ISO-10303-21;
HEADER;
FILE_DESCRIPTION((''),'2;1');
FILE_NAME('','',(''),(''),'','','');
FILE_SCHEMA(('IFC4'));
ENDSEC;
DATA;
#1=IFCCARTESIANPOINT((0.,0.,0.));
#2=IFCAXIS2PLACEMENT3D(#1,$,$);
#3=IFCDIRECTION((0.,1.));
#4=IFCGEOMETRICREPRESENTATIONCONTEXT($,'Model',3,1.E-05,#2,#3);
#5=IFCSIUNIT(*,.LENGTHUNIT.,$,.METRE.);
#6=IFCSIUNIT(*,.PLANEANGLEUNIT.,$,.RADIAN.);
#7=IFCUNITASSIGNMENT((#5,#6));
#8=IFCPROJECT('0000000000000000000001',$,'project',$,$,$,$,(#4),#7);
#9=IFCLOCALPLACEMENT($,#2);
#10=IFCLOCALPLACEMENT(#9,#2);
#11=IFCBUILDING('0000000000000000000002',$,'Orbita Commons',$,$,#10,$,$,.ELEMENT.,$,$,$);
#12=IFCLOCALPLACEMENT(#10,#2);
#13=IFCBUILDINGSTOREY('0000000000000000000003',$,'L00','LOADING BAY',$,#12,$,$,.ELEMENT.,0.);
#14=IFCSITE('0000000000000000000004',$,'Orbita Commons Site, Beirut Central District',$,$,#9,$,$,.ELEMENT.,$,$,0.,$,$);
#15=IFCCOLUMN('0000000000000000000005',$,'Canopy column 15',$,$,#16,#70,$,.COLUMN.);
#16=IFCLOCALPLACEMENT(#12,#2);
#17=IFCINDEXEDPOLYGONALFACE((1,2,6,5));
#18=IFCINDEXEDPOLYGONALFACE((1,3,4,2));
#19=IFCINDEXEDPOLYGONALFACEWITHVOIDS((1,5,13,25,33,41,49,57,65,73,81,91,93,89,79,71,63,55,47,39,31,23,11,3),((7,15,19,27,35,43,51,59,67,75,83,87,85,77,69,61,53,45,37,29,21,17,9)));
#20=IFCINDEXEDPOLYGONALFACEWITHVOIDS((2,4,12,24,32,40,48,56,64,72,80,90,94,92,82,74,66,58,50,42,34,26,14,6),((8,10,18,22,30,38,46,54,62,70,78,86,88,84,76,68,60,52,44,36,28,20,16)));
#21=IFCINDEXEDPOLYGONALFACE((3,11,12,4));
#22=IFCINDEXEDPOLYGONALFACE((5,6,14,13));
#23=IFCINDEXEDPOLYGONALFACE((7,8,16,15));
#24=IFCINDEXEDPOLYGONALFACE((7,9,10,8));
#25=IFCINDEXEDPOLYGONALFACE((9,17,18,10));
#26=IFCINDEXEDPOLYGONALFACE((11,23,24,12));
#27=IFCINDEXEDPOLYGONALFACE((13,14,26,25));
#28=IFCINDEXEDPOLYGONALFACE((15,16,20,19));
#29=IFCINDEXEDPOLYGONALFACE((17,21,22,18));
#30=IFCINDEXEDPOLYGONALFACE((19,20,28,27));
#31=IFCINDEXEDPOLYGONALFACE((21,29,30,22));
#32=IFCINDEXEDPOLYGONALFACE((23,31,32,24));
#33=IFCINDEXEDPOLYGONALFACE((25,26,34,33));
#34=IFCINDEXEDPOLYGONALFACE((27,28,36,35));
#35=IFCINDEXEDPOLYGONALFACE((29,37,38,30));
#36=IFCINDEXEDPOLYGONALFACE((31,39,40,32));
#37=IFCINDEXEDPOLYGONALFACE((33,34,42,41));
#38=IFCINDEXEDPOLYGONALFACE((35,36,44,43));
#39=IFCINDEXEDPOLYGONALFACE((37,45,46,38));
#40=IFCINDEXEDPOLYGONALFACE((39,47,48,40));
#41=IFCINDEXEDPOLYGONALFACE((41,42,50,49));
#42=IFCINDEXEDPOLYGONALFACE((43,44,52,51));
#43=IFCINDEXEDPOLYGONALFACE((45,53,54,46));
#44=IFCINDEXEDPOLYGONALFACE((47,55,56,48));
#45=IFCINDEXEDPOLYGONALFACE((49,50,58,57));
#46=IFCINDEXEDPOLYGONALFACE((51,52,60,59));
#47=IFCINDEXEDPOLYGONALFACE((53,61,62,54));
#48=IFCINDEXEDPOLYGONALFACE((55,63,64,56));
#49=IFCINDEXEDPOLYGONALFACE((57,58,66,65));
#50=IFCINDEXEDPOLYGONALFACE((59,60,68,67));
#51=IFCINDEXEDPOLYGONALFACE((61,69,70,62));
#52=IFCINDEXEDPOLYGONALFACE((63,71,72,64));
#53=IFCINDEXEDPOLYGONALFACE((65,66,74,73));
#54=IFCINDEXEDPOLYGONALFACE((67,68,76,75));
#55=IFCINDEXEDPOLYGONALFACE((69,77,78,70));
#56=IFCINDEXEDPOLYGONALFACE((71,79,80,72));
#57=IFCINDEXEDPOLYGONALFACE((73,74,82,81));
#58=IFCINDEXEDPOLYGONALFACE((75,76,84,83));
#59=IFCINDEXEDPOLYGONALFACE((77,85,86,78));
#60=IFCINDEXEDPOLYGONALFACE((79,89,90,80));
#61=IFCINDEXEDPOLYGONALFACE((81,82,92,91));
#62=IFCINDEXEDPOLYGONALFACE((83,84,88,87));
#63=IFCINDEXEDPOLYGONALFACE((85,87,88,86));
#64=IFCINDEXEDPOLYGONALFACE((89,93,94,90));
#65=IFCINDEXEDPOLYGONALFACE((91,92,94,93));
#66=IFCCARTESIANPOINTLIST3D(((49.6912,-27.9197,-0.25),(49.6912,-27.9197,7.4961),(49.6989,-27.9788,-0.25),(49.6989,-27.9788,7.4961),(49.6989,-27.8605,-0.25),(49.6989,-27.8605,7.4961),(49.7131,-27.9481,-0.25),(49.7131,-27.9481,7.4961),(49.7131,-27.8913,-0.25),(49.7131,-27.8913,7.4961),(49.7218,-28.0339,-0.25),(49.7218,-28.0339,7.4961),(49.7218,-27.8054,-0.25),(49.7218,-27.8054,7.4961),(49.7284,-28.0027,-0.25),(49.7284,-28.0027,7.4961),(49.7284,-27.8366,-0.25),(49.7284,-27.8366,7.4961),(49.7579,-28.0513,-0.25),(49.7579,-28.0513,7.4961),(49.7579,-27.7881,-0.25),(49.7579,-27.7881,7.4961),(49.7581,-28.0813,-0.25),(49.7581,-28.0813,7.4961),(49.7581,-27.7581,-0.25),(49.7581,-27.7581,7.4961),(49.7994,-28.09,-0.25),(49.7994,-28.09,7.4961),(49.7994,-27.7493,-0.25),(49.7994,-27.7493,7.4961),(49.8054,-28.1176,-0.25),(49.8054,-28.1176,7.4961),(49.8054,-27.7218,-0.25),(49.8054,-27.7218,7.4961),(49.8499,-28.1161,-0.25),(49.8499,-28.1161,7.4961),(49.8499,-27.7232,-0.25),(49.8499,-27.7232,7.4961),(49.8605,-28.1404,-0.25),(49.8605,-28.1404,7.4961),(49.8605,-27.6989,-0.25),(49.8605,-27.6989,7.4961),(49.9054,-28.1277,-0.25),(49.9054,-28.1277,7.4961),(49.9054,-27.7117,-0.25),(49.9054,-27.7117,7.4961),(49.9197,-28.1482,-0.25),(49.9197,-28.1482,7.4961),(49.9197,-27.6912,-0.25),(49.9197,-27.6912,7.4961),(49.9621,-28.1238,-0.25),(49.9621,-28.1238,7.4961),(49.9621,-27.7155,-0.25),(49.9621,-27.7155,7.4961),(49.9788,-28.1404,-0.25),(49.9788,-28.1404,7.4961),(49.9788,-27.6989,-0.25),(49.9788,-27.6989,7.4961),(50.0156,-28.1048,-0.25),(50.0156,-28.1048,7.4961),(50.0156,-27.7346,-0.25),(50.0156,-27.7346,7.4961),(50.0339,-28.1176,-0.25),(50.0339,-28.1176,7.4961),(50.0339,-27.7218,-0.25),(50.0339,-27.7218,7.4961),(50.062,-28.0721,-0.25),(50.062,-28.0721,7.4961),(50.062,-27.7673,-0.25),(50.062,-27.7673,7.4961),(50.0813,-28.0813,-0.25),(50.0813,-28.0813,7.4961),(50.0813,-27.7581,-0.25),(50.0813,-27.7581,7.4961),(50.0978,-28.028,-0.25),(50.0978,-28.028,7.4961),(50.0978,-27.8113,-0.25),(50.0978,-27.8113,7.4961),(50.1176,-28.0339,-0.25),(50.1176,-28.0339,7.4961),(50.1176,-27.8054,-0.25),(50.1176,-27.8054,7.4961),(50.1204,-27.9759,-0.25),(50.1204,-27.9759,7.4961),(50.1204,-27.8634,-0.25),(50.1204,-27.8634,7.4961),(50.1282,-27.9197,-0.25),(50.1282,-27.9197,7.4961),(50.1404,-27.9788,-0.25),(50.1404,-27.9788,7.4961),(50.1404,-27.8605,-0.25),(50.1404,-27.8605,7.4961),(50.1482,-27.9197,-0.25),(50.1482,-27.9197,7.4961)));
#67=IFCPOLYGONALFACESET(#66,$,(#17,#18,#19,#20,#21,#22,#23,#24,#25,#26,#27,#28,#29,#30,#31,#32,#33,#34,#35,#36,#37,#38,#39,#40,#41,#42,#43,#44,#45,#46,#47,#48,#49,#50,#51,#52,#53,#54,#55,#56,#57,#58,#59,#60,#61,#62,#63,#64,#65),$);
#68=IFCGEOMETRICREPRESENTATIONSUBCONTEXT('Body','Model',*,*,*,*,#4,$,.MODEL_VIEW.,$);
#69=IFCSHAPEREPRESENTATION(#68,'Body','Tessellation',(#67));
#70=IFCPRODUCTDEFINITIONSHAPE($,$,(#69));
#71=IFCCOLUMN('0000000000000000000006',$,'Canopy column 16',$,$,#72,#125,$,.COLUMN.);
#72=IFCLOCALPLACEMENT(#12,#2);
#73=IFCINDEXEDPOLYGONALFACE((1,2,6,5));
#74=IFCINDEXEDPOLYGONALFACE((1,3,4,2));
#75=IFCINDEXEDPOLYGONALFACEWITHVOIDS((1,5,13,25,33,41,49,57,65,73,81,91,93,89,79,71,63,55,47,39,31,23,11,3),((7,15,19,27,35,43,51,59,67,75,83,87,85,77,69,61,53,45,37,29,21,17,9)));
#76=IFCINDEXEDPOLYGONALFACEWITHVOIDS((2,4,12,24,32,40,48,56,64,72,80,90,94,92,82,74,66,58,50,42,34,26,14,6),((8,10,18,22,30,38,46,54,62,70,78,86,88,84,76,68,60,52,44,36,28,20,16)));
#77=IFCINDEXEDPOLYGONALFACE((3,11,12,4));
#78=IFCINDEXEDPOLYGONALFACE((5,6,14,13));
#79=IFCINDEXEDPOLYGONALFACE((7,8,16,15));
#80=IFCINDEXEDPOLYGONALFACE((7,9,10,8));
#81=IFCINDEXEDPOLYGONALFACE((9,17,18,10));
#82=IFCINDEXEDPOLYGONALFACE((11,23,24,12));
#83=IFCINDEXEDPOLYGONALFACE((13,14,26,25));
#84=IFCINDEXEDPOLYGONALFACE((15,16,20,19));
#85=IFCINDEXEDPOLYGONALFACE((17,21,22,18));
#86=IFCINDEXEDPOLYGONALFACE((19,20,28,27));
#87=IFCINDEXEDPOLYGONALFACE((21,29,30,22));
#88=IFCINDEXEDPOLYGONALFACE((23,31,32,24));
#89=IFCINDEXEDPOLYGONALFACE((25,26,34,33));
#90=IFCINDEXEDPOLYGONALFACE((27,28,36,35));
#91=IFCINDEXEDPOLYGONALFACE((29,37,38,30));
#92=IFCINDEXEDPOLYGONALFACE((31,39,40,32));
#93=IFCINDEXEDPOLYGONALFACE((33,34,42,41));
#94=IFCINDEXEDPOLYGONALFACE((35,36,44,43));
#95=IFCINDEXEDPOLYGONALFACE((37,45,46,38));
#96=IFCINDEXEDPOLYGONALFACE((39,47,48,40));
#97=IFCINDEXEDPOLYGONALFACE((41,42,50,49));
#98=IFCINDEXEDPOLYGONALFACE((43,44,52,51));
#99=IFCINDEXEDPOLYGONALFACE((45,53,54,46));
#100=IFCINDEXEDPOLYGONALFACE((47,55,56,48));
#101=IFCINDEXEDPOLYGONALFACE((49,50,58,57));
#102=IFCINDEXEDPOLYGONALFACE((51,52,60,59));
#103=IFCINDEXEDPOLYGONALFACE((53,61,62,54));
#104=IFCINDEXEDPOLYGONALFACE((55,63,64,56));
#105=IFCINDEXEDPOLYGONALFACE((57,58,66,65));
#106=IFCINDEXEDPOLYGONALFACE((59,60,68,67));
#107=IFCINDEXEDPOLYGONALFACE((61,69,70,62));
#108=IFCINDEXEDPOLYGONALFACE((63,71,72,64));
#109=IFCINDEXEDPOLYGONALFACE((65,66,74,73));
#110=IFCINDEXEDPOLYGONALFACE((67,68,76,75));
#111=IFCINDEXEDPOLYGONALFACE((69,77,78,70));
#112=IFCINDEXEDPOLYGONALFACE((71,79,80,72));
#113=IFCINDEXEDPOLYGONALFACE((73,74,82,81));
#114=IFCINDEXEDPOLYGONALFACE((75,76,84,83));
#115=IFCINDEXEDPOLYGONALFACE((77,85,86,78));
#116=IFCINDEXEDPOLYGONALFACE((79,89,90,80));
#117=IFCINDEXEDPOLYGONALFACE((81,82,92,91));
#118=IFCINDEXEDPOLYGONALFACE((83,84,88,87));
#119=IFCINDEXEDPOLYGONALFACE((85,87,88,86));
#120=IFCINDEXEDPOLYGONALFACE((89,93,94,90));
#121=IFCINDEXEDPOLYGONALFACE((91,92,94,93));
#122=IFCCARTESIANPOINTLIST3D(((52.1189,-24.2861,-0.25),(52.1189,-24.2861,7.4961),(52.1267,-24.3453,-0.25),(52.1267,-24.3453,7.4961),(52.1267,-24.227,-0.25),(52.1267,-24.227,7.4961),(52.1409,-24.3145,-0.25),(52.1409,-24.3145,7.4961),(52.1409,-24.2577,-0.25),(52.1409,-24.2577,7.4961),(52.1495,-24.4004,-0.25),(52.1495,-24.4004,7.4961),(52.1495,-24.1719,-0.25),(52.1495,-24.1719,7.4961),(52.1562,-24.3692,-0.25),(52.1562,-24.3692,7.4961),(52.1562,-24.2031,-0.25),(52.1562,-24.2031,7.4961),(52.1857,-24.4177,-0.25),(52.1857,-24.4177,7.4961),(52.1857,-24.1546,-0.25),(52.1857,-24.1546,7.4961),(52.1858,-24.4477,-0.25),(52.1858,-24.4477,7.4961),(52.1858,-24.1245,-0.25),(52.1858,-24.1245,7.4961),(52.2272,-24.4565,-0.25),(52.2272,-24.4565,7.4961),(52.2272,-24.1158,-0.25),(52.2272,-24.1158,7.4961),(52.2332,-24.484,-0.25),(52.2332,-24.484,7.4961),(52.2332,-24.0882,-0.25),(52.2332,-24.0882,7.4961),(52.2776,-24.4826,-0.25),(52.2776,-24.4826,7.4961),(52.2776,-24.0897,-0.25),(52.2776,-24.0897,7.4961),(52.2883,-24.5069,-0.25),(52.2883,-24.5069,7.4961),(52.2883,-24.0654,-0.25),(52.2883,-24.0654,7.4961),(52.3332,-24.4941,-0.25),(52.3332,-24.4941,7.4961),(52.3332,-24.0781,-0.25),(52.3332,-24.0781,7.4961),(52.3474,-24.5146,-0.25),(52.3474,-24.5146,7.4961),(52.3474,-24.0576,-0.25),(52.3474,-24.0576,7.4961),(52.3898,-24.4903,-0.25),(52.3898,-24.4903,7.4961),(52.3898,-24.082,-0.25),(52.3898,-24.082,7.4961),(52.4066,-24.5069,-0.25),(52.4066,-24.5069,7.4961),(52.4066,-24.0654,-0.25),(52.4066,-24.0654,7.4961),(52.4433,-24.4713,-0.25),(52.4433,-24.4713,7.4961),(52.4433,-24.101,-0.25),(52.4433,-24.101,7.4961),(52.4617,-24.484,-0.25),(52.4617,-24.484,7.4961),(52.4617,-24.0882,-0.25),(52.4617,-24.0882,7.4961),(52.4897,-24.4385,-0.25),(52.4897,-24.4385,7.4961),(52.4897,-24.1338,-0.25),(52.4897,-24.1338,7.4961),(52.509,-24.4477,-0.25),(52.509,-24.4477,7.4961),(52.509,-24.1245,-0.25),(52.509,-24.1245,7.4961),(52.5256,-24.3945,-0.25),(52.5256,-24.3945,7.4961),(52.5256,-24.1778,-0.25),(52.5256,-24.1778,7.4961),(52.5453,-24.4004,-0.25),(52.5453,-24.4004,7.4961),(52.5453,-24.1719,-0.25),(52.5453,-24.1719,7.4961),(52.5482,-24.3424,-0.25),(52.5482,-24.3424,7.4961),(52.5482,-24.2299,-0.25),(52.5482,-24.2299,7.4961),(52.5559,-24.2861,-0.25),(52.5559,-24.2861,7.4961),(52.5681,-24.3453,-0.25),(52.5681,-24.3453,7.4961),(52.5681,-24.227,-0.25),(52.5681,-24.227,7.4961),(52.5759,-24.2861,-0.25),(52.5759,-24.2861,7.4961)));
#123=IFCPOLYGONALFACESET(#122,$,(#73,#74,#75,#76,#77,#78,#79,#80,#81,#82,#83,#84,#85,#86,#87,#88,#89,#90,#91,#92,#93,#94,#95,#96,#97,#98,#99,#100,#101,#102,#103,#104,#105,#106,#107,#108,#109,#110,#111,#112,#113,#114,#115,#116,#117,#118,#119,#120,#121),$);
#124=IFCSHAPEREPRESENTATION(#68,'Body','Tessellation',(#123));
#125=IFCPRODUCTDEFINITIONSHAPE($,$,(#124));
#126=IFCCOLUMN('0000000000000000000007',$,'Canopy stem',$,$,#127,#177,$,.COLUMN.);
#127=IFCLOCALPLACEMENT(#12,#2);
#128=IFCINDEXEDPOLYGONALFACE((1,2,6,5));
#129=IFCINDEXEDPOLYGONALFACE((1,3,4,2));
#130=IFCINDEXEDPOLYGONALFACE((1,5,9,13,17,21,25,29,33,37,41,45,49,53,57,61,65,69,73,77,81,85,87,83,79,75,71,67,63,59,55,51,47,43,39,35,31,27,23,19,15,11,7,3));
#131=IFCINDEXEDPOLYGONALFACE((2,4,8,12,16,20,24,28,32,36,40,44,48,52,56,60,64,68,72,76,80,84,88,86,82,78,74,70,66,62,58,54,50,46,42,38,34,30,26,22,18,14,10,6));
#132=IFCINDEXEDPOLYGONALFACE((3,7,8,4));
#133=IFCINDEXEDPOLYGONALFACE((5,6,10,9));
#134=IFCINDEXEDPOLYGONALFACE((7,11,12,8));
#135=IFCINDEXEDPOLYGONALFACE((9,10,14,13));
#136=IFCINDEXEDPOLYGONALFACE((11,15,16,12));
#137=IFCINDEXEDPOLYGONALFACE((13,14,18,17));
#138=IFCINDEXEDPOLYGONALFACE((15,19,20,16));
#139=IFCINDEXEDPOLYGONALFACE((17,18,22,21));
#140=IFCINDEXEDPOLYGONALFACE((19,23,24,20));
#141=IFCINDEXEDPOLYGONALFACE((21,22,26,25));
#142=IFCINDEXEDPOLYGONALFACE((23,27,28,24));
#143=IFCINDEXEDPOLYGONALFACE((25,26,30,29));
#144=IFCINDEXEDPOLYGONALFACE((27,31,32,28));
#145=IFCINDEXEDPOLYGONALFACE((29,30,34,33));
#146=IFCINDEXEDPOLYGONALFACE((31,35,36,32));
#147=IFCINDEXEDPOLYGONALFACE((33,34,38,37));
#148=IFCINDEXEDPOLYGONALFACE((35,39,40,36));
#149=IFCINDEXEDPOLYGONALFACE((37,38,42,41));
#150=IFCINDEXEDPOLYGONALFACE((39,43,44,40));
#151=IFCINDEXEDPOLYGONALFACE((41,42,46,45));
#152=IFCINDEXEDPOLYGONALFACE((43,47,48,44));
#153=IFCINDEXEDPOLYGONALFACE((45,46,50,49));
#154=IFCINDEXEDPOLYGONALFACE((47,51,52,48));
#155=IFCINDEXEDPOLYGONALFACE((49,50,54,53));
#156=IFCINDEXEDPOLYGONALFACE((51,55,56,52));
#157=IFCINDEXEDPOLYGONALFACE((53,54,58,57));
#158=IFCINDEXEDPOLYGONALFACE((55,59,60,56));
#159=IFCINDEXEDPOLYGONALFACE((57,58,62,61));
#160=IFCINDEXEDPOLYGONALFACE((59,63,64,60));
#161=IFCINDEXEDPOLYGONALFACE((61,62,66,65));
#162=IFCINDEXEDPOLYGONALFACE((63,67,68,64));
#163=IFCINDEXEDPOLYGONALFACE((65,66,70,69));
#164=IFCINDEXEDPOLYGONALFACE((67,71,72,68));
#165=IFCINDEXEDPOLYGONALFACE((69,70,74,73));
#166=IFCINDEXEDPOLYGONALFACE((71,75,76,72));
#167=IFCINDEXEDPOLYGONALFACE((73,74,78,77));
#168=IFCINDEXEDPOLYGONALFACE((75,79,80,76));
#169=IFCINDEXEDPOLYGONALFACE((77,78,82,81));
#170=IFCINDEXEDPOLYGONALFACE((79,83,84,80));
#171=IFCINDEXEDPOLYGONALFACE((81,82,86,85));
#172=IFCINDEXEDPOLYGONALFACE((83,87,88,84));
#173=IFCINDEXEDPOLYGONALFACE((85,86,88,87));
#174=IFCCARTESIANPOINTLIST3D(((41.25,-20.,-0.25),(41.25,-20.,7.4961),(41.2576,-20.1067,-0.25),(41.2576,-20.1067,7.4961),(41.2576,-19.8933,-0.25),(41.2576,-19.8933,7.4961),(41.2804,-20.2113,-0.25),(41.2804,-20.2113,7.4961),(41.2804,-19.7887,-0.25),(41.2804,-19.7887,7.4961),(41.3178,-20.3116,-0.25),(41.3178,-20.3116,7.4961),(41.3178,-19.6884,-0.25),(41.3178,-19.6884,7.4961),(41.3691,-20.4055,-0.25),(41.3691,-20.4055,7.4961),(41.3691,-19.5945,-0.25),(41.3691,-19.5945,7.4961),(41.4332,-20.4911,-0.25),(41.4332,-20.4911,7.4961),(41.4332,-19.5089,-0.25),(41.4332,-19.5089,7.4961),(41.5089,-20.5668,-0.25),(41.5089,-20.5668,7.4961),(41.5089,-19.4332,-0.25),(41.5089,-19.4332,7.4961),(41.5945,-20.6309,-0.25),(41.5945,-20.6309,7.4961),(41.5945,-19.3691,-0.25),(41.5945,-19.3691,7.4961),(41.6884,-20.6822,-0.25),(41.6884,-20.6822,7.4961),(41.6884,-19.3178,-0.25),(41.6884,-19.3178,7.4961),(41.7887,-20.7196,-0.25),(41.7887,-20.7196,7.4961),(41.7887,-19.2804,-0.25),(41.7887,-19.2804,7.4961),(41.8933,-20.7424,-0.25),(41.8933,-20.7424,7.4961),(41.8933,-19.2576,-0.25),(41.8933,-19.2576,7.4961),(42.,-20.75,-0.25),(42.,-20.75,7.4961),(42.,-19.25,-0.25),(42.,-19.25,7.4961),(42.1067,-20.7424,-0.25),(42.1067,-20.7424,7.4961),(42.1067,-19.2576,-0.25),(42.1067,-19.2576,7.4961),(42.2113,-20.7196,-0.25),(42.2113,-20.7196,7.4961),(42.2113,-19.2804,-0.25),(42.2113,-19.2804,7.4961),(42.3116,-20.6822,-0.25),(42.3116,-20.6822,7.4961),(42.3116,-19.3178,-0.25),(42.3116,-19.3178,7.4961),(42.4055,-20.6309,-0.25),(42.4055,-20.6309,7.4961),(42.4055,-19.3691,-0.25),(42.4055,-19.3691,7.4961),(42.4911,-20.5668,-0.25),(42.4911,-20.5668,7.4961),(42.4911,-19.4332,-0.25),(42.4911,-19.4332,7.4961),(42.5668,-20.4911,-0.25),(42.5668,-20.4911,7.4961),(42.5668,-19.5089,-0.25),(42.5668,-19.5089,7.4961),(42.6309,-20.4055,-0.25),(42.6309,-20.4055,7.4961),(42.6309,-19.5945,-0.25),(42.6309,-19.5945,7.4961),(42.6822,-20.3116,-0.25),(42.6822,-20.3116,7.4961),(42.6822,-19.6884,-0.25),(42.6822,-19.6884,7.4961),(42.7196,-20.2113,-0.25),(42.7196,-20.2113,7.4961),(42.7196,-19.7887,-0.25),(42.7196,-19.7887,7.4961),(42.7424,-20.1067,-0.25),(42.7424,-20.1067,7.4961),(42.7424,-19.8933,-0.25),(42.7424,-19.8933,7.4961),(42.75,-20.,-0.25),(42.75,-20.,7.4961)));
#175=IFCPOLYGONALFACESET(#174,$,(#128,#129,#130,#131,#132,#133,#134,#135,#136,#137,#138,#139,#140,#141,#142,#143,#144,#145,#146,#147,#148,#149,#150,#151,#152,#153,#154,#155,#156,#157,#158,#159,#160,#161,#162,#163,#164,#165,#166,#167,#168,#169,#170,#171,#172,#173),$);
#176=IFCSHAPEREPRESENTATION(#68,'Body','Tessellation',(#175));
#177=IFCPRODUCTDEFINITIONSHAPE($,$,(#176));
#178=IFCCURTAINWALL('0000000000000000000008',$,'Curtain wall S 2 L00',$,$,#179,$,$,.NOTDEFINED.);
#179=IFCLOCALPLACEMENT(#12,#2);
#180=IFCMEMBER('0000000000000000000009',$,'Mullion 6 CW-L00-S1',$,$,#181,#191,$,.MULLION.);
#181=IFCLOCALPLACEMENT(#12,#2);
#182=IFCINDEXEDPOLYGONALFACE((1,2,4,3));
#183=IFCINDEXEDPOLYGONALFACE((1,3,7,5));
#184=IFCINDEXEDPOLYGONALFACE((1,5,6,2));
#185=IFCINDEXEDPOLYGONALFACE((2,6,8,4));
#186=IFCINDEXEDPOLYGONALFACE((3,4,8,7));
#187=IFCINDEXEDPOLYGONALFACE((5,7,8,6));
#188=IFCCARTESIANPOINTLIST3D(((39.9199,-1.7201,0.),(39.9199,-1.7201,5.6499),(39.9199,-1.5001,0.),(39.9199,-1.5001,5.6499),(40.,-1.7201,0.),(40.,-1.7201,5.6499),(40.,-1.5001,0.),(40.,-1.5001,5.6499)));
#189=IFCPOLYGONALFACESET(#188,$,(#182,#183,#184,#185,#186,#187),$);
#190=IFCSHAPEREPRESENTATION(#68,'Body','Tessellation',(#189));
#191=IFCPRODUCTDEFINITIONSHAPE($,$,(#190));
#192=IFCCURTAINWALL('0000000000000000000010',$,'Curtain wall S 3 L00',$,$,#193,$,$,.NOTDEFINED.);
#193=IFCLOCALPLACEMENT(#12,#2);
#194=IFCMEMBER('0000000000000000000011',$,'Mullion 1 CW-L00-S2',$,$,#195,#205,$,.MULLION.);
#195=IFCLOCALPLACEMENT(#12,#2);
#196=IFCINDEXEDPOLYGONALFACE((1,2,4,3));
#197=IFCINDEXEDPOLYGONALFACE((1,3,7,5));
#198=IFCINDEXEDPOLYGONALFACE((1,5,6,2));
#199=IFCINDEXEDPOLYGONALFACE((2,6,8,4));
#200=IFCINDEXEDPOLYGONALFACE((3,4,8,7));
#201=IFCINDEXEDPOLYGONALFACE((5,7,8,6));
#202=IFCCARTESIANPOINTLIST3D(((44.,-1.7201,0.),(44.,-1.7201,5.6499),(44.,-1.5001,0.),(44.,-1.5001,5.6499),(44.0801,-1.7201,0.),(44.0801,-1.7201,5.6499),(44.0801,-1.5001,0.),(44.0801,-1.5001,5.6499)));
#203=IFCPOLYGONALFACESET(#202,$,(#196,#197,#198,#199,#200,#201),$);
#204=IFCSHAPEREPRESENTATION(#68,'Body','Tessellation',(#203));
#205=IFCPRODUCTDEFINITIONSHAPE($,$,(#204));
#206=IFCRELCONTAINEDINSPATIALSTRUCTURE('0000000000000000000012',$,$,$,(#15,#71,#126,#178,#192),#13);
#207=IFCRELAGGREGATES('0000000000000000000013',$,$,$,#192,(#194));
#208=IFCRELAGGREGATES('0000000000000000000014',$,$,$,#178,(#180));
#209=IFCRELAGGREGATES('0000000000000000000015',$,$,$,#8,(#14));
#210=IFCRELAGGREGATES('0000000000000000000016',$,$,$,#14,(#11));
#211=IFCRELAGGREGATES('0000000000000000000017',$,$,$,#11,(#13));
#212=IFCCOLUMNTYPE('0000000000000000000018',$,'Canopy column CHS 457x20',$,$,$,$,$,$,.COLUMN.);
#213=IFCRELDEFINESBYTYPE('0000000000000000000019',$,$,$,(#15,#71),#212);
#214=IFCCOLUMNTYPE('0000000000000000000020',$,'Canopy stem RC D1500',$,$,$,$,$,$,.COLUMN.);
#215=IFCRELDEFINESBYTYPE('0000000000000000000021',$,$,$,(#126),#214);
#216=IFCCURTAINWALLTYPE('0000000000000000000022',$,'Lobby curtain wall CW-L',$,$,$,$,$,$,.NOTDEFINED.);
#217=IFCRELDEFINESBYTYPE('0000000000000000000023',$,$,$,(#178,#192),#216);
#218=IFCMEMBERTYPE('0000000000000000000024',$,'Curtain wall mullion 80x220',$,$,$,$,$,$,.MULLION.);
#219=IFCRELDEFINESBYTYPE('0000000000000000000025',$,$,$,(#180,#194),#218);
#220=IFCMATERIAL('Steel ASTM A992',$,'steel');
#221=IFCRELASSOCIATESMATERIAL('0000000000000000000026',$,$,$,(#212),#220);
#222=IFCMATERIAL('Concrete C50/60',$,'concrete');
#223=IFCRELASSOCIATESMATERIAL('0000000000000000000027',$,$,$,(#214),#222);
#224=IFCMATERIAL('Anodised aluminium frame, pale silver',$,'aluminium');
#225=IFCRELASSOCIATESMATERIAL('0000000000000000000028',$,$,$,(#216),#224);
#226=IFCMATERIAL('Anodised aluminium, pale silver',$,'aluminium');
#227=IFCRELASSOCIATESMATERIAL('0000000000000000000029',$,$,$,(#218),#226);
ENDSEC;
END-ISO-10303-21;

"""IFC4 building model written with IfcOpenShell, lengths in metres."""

from ifc_helpers import new_model, si_unit, direction, frame, origin, origin_2d, place, context, subcontext, project, spatial, rectangle, circle, hollow_circle, extrude, material, material_profile, profile_set, type_object, element, aggregate, save


model = new_model("IFC4")

# Units and contexts
model_context = context("Model", 3, precision=1e-05, world=origin(), true_north=direction((0.0, 1.0)))
body_context = subcontext(model_context, "Body", "Model", "MODEL_VIEW")
ifc_project = project(units=[si_unit("LENGTHUNIT", "METRE"), si_unit("PLANEANGLEUNIT", "RADIAN")], contexts=[model_context])

# Site, building, storey
site_placement = place(None, origin())
site = spatial("IfcSite", under=ifc_project, at=site_placement, Name="Orbita Commons Site, Beirut Central District", CompositionType="ELEMENT", RefElevation=0.0)
building_placement = place(site_placement, origin())
building = spatial("IfcBuilding", under=site, at=building_placement, Name="Orbita Commons", CompositionType="ELEMENT")
storey_placement = place(building_placement, origin())
storey = spatial("IfcBuildingStorey", under=building, at=storey_placement, Name="L00", Description="LOADING BAY", CompositionType="ELEMENT", Elevation=0.0)

# Columns
ifc_material_1 = material(Name="Steel ASTM A992", Category="steel")
ifc_material_profile_1 = material_profile(ifc_material_1, hollow_circle(Radius=0.2285, WallThickness=0.02, at=origin_2d()), Name="CHS 457x20")
ifc_profile_set_1 = profile_set([ifc_material_profile_1], Name="Steel ASTM A992")
column_type_1 = type_object("IfcColumnType", Name="Canopy column CHS 457x20", PredefinedType="COLUMN", material=ifc_profile_set_1)
for number, where, z_axis, x_axis, name in (
    (1, (49.9197, -27.9197, -0.25), (0.0, 0.0, 1.0), (1.0, 0.0, 0.0), "Canopy column 15"),
    (2, (52.3474, -24.2861, -0.25), (0.0, 0.0, 1.0), (1.0, 0.0, 0.0), "Canopy column 16"),
):
    element("IfcColumn", number, at=place(storey_placement, frame(where, z_axis=z_axis, x_axis=x_axis)), inside=storey, type_object=column_type_1, Name=name, PredefinedType="COLUMN", context=body_context, shape_type="SweptSolid", body=[
        extrude(hollow_circle(Radius=0.2285, WallThickness=0.02, at=origin_2d()), origin(), (0.0, 0.0, 1.0), 7.7461),
    ])
ifc_material_2 = material(Name="Concrete C50/60", Category="concrete")
ifc_material_profile_2 = material_profile(ifc_material_2, circle(Radius=0.75, at=origin_2d()), Name="RC D1500")
ifc_profile_set_2 = profile_set([ifc_material_profile_2], Name="Concrete C50/60")
column_type_2 = type_object("IfcColumnType", Name="Canopy stem RC D1500", PredefinedType="COLUMN", material=ifc_profile_set_2)
column_placement = place(storey_placement, frame((42.0, -20.0, -0.25), z_axis=(0.0, 0.0, 1.0), x_axis=(1.0, 0.0, 0.0)))
element("IfcColumn", 3, at=column_placement, inside=storey, type_object=column_type_2, Name="Canopy stem", PredefinedType="COLUMN", context=body_context, shape_type="SweptSolid", body=[
    extrude(circle(Radius=0.75, at=origin_2d()), origin(), (0.0, 0.0, 1.0), 7.7461),
])

# Curtain wall, member
ifc_material_3 = material(Name="Anodised aluminium frame, pale silver", Category="aluminium")
curtain_wall_type = type_object("IfcCurtainWallType", Name="Lobby curtain wall CW-L", PredefinedType="NOTDEFINED", material=ifc_material_3)
curtain_wall_1_placement = place(storey_placement, origin())
curtain_wall_1 = element("IfcCurtainWall", 4, at=curtain_wall_1_placement, inside=storey, type_object=curtain_wall_type, Name="Curtain wall S 2 L00", PredefinedType="NOTDEFINED")
ifc_material_4 = material(Name="Anodised aluminium, pale silver", Category="aluminium")
ifc_material_profile_3 = material_profile(ifc_material_4, rectangle(XDim=0.0801, YDim=0.22, at=origin_2d()), Name="AL 80x220")
ifc_profile_set_3 = profile_set([ifc_material_profile_3], Name="Anodised aluminium, pale silver")
member_type_1 = type_object("IfcMemberType", Name="Curtain wall mullion 80x220", PredefinedType="MULLION", material=ifc_profile_set_3)
member_1_placement = place(storey_placement, frame((39.96, -1.6101, 0.0), z_axis=(0.0, 0.0, 1.0), x_axis=(1.0, 0.0, 0.0)))
member_1 = element("IfcMember", 5, at=member_1_placement, type_object=member_type_1, Name="Mullion 6 CW-L00-S1", PredefinedType="MULLION", context=body_context, shape_type="SweptSolid", body=[
    extrude(rectangle(XDim=0.0801, YDim=0.22, at=origin_2d()), origin(), (0.0, 0.0, 1.0), 5.6499),
])

# Curtain wall, member
curtain_wall_2_placement = place(storey_placement, origin())
curtain_wall_2 = element("IfcCurtainWall", 6, at=curtain_wall_2_placement, inside=storey, type_object=curtain_wall_type, Name="Curtain wall S 3 L00", PredefinedType="NOTDEFINED")
member_2_placement = place(storey_placement, frame((44.04, -1.6101, 0.0), z_axis=(0.0, 0.0, 1.0), x_axis=(1.0, 0.0, 0.0)))
member_2 = element("IfcMember", 7, at=member_2_placement, type_object=member_type_1, Name="Mullion 1 CW-L00-S2", PredefinedType="MULLION", context=body_context, shape_type="SweptSolid", body=[
    extrude(rectangle(XDim=0.0801, YDim=0.22, at=origin_2d()), origin(), (0.0, 0.0, 1.0), 5.6499),
])
aggregate(curtain_wall_2, [member_2])

aggregate(curtain_wall_1, [member_1])

save(model, "model.ifc")
